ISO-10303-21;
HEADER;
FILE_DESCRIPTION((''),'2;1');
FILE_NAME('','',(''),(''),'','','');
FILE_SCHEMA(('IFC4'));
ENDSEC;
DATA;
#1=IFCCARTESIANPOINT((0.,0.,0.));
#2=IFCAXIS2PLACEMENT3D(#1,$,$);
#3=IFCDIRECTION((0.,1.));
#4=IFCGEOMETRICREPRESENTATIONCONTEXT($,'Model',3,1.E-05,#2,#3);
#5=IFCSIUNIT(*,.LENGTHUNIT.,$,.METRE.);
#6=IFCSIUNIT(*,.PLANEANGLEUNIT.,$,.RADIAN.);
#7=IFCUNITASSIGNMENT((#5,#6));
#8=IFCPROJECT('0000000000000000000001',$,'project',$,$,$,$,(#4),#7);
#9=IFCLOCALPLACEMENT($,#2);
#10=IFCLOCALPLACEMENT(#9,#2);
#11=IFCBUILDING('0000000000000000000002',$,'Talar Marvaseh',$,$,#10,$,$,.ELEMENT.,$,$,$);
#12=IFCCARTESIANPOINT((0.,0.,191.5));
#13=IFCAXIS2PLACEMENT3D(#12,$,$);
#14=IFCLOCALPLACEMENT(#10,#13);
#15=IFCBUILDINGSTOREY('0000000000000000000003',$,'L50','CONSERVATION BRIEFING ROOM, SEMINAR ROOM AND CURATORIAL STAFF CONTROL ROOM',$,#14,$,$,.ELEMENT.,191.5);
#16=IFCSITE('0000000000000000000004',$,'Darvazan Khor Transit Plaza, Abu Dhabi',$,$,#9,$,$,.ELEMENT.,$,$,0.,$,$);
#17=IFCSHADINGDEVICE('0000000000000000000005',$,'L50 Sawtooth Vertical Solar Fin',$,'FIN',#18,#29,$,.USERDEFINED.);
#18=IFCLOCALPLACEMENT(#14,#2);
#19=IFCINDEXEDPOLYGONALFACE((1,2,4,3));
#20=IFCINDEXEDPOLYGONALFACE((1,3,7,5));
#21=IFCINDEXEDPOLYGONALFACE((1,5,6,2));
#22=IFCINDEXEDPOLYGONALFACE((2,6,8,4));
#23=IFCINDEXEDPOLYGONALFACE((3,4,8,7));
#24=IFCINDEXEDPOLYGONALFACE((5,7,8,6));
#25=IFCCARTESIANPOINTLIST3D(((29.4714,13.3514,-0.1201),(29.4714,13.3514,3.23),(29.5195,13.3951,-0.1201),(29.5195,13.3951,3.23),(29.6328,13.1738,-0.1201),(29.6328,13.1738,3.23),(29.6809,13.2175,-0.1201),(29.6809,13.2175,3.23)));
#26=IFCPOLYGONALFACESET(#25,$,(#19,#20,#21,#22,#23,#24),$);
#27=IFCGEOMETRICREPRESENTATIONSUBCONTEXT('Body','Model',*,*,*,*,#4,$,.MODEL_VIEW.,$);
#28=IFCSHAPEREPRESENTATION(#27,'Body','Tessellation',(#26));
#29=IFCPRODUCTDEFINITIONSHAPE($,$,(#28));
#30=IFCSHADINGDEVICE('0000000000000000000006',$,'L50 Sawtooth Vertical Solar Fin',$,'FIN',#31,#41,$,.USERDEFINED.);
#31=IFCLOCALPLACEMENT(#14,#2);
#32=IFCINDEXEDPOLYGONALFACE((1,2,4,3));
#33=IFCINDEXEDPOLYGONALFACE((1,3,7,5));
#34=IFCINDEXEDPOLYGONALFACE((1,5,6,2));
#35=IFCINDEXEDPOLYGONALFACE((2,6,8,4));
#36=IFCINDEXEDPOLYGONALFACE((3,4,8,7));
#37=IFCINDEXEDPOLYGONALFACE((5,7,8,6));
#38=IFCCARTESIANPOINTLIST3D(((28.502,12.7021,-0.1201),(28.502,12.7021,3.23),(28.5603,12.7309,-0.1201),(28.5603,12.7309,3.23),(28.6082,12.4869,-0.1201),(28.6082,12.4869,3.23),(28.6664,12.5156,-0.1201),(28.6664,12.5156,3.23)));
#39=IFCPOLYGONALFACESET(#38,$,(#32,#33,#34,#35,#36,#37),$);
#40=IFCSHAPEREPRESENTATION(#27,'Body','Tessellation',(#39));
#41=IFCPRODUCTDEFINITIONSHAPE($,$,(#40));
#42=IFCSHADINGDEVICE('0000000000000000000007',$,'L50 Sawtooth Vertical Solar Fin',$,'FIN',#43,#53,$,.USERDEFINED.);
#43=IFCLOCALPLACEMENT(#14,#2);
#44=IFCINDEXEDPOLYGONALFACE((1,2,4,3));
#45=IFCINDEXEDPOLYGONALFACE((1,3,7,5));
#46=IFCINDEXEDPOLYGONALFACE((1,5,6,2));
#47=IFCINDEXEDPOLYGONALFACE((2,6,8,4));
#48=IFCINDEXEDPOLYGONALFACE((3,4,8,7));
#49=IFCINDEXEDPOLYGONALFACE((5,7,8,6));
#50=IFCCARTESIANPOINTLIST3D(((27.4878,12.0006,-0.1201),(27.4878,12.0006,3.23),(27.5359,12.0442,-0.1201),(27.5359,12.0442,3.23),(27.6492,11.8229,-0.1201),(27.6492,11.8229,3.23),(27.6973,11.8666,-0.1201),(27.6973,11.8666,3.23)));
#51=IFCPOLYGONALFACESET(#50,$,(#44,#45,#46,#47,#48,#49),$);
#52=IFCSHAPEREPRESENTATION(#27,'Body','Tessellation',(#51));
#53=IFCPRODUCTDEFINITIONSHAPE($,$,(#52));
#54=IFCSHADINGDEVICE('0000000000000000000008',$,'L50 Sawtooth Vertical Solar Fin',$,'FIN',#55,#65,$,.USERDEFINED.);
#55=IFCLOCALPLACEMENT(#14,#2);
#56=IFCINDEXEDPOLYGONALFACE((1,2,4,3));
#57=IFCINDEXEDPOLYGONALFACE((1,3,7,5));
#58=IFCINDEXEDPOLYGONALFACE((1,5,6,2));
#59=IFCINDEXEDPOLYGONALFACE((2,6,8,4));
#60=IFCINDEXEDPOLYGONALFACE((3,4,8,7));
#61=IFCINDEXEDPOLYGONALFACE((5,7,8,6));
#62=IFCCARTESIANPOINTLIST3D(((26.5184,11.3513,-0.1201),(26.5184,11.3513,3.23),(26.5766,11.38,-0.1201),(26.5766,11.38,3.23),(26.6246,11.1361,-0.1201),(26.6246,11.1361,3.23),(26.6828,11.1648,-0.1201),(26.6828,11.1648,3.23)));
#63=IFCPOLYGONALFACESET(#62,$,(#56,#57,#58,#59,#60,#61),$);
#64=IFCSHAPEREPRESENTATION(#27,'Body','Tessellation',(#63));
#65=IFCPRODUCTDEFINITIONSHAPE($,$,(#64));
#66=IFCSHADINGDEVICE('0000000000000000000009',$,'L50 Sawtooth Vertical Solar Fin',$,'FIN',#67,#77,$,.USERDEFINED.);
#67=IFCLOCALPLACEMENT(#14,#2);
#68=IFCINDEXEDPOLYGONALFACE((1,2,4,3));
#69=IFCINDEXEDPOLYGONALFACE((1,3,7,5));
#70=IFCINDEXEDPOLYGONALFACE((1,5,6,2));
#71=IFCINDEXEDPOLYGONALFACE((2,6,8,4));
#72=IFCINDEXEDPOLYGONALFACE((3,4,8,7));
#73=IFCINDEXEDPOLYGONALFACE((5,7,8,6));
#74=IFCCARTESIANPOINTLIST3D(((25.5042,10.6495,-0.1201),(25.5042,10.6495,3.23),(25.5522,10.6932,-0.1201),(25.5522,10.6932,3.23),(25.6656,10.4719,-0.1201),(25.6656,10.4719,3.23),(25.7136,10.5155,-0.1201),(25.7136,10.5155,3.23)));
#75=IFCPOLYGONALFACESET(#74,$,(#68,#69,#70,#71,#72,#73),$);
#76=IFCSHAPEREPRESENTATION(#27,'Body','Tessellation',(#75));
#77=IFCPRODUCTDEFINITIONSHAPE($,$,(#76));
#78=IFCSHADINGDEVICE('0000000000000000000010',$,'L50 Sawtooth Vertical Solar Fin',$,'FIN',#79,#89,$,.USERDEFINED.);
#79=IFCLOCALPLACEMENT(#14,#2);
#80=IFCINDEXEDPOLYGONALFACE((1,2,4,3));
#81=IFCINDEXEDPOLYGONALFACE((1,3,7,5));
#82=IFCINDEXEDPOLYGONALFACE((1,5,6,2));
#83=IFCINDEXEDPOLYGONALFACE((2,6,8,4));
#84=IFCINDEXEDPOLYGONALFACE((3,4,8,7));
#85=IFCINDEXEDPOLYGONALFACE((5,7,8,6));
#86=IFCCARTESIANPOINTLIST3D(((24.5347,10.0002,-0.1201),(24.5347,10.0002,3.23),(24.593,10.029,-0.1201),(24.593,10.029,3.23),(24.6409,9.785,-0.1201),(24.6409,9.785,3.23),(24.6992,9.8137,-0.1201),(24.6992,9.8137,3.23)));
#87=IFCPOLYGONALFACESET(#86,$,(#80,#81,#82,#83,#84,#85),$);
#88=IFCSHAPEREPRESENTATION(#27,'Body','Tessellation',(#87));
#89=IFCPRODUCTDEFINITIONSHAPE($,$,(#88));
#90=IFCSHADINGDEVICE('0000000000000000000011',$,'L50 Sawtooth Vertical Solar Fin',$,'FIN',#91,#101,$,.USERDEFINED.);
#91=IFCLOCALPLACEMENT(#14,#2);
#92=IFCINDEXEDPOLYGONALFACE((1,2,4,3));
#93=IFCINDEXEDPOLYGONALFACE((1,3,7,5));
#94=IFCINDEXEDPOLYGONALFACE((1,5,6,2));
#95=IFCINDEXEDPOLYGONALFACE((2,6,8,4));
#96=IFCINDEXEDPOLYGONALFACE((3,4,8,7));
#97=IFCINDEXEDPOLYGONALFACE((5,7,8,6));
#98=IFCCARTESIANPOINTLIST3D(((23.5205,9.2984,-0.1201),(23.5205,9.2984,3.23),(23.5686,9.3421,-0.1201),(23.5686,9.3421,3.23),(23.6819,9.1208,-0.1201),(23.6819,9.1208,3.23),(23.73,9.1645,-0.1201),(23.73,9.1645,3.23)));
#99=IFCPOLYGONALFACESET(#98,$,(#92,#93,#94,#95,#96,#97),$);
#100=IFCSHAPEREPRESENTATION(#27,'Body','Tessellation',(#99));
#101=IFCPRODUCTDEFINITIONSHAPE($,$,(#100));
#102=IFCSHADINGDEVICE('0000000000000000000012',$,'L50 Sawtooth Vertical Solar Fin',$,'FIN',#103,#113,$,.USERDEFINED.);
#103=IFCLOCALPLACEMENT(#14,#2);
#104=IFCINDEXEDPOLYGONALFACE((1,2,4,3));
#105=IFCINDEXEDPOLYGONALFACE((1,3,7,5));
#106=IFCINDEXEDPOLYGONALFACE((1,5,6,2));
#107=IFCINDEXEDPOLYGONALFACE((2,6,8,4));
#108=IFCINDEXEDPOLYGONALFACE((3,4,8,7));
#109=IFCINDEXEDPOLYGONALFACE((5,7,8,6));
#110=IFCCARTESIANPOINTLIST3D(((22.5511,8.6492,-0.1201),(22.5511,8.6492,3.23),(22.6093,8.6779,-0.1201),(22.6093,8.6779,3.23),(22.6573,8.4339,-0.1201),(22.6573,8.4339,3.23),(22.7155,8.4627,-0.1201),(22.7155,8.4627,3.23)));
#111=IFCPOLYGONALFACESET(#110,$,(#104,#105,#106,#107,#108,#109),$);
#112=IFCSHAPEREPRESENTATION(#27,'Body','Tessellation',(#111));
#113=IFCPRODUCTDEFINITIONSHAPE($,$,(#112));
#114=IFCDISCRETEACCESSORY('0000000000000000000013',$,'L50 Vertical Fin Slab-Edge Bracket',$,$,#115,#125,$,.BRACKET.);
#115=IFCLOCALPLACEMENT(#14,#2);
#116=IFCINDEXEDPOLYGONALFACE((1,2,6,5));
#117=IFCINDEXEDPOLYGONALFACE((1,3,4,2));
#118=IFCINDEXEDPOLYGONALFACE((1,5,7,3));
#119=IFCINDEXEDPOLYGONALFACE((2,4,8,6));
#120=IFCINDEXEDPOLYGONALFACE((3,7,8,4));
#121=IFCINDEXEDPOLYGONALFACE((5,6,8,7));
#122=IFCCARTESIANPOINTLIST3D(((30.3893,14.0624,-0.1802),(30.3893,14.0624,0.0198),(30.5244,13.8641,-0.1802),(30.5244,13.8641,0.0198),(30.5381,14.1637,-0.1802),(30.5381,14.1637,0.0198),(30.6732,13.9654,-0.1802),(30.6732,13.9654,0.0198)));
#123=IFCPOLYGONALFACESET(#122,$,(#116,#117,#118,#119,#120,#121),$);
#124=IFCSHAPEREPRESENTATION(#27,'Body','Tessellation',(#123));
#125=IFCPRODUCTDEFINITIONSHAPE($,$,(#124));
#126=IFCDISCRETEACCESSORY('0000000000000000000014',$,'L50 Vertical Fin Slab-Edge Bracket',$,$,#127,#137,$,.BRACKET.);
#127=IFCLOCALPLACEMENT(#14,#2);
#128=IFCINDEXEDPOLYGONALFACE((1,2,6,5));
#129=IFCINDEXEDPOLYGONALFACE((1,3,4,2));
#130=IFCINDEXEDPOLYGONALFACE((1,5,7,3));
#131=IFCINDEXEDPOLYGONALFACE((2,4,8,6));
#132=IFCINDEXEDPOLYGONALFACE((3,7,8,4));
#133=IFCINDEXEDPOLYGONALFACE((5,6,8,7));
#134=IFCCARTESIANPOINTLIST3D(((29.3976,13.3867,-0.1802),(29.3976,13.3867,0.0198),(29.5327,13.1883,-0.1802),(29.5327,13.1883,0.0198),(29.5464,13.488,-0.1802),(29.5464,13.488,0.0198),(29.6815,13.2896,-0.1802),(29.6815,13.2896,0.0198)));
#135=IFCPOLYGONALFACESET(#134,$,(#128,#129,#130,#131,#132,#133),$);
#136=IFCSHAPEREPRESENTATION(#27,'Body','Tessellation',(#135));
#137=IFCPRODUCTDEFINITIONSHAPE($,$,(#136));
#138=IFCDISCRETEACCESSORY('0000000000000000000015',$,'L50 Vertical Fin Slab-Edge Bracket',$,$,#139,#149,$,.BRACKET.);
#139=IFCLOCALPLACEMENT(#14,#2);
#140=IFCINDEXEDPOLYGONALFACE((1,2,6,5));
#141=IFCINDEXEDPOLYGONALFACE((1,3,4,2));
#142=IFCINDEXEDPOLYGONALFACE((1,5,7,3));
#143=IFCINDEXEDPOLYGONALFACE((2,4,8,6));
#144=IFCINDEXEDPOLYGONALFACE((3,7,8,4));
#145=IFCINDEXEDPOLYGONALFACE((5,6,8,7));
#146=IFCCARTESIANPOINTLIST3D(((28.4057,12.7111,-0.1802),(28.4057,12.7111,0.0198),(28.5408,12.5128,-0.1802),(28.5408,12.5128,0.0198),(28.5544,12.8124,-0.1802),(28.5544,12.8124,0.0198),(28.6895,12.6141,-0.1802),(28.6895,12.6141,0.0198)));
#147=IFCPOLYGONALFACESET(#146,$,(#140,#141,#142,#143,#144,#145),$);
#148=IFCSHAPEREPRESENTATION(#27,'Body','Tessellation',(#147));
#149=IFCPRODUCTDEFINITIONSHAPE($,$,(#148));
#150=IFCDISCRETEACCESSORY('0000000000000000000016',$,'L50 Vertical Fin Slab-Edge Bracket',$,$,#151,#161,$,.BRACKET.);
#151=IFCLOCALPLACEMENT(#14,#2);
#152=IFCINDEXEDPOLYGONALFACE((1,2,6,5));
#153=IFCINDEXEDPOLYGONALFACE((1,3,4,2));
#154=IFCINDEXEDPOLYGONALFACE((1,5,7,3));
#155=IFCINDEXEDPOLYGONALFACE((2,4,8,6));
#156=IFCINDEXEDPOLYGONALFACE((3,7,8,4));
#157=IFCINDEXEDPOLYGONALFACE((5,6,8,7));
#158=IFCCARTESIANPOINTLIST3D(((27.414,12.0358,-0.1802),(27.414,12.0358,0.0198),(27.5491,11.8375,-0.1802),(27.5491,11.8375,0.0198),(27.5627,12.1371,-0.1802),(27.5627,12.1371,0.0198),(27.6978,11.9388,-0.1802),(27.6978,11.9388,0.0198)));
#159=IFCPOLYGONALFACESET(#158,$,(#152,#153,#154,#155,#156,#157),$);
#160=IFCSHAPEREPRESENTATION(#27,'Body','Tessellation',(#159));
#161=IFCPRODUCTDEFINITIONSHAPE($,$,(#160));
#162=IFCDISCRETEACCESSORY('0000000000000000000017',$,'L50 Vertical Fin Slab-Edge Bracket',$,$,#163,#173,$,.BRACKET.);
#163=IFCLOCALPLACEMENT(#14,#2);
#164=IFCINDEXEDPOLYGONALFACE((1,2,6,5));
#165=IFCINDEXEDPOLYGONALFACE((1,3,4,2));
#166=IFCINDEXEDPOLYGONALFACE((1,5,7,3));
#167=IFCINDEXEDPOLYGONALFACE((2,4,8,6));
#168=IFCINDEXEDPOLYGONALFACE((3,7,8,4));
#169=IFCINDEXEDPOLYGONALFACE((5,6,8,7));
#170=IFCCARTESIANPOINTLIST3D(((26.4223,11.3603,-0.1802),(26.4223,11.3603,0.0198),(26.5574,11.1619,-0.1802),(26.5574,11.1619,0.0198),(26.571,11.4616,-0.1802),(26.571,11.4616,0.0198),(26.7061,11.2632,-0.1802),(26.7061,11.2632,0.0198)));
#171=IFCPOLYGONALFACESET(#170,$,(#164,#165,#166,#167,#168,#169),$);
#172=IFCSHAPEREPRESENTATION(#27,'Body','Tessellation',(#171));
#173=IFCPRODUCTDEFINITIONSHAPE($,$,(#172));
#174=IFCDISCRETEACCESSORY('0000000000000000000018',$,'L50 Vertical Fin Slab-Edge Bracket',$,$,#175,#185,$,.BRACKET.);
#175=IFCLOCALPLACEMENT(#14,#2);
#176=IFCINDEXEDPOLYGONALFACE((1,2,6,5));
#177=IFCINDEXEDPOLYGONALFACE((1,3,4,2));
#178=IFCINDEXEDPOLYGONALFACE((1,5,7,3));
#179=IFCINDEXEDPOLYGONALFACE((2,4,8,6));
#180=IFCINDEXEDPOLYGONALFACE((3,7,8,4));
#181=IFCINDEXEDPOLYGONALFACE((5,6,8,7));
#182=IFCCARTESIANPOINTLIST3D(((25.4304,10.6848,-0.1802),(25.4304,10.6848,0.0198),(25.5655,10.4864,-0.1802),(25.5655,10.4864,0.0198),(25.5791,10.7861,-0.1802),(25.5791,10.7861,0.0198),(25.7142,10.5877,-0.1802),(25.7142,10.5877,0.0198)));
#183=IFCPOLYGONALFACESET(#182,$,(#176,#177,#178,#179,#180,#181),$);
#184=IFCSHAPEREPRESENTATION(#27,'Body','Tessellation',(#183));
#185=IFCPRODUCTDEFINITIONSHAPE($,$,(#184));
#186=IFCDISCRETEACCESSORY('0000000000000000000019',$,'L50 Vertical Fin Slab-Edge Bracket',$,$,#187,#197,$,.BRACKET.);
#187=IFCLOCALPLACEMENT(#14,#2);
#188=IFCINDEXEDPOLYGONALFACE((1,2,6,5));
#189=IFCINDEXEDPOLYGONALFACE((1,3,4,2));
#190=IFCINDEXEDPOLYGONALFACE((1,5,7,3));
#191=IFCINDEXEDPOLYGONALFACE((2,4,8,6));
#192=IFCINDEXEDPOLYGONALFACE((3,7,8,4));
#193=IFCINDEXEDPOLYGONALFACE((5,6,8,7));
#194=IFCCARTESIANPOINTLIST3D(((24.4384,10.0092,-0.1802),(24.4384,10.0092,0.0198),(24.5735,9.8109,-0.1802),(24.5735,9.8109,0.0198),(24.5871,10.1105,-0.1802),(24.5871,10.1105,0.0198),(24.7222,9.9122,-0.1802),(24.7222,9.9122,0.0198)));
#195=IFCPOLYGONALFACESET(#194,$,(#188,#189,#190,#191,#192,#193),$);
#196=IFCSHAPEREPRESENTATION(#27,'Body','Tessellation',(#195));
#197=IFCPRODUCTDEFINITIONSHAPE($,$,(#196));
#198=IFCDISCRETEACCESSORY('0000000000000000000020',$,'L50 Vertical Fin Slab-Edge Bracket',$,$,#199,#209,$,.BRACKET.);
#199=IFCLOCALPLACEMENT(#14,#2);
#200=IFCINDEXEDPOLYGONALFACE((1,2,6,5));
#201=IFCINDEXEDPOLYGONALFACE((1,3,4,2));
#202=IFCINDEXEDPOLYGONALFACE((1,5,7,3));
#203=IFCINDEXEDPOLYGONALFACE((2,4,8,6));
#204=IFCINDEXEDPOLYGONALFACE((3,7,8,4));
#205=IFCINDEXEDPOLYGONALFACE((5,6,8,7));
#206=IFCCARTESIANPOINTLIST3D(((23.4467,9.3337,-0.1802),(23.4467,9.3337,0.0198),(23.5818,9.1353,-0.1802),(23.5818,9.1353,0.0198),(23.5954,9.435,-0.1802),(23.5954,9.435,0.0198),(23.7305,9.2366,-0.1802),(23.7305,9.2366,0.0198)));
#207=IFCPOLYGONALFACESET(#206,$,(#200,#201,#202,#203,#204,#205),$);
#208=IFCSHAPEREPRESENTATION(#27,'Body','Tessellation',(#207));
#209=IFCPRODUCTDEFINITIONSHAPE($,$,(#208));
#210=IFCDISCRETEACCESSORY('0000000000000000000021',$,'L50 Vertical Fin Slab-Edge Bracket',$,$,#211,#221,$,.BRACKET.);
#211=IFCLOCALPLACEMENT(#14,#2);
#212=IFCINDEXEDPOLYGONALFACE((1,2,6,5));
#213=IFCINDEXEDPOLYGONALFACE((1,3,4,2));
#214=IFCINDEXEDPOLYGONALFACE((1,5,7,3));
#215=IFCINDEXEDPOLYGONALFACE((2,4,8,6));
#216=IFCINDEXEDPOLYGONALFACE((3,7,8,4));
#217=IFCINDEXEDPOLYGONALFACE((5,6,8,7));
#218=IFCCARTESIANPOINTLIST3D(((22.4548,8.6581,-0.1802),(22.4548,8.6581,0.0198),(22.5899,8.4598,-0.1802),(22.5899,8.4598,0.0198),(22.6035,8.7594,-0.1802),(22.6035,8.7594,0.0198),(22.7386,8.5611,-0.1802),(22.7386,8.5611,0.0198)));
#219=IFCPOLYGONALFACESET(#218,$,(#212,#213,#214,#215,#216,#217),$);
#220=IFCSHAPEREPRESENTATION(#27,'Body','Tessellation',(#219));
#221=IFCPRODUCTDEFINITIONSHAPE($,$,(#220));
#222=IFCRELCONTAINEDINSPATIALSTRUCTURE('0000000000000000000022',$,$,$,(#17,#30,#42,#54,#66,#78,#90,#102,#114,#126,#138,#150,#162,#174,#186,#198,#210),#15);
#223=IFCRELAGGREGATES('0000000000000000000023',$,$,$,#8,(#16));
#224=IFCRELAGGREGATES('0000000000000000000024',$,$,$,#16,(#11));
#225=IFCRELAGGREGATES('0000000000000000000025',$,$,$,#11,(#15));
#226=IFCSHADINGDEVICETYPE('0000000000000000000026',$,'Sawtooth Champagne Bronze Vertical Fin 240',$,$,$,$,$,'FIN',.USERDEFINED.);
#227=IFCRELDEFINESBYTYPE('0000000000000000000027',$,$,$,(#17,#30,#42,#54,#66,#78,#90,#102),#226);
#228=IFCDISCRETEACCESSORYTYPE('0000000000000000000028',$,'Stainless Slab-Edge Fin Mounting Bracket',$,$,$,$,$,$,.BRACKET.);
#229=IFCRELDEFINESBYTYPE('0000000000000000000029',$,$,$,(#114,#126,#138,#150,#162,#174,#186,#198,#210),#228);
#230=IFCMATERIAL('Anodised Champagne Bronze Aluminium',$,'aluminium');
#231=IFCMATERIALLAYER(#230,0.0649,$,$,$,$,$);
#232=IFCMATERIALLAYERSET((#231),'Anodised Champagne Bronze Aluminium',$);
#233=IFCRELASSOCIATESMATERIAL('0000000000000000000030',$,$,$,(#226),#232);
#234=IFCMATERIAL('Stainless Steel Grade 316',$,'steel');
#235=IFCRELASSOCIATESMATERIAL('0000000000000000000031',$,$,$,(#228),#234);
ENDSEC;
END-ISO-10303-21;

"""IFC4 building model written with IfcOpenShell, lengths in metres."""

from ifc_helpers import new_model, si_unit, direction, frame, origin, origin_2d, place, context, subcontext, project, spatial, rectangle, extrude, source, transform, mapped, material, layer, layer_set, type_object, type_shapes, element, save


model = new_model("IFC4")

# Units and contexts
model_context = context("Model", 3, precision=1e-05, world=origin(), true_north=direction((0.0, 1.0)))
body_context = subcontext(model_context, "Body", "Model", "MODEL_VIEW")
ifc_project = project(units=[si_unit("LENGTHUNIT", "METRE"), si_unit("PLANEANGLEUNIT", "RADIAN")], contexts=[model_context])

# Site, building, storey
site_placement = place(None, origin())
site = spatial("IfcSite", under=ifc_project, at=site_placement, Name="Darvazan Khor Transit Plaza, Abu Dhabi", CompositionType="ELEMENT", RefElevation=0.0)
building_placement = place(site_placement, origin())
building = spatial("IfcBuilding", under=site, at=building_placement, Name="Talar Marvaseh", CompositionType="ELEMENT")
storey_placement = place(building_placement, frame((0.0, 0.0, 191.5)))
storey = spatial("IfcBuildingStorey", under=building, at=storey_placement, Name="L50", Description="CONSERVATION BRIEFING ROOM, SEMINAR ROOM AND CURATORIAL STAFF CONTROL ROOM", CompositionType="ELEMENT", Elevation=191.5)

# Shading devices
ifc_material_1 = material(Name="Anodised Champagne Bronze Aluminium", Category="aluminium")
ifc_layer_1 = layer(ifc_material_1, 0.0649)
ifc_layer_set_1 = layer_set([ifc_layer_1], Name="Anodised Champagne Bronze Aluminium")
shading_device_type = type_object("IfcShadingDeviceType", Name="Sawtooth Champagne Bronze Vertical Fin 240", ElementType="FIN", PredefinedType="USERDEFINED", material=ifc_layer_set_1)
shared_shape_1 = source(origin(), body_context, "Body", "SweptSolid", [
    extrude(rectangle(XDim=0.24, YDim=0.0649, at=origin_2d()), origin(), (0.0, 0.0, 1.0), 3.3501),
])
type_shapes(shading_device_type, [shared_shape_1])
for number, where, z_axis, x_axis, name in (
    (1, (29.5762, 13.2844, -0.1201), (0.0, 0.0, 1.0), (0.672496, -0.740101, 0.0), "L50 Sawtooth Vertical Solar Fin"),
    (2, (28.5842, 12.6089, -0.1201), (0.0, 0.0, 1.0), (0.442445, -0.896796, 0.0), "L50 Sawtooth Vertical Solar Fin"),
    (3, (27.5925, 11.9336, -0.1201), (0.0, 0.0, 1.0), (0.672496, -0.740101, 0.0), "L50 Sawtooth Vertical Solar Fin"),
    (4, (26.6006, 11.2581, -0.1201), (0.0, 0.0, 1.0), (0.442445, -0.896796, 0.0), "L50 Sawtooth Vertical Solar Fin"),
    (5, (25.6089, 10.5825, -0.1201), (0.0, 0.0, 1.0), (0.672496, -0.740101, 0.0), "L50 Sawtooth Vertical Solar Fin"),
    (6, (24.6169, 9.907, -0.1201), (0.0, 0.0, 1.0), (0.442445, -0.896796, 0.0), "L50 Sawtooth Vertical Solar Fin"),
    (7, (23.6252, 9.2314, -0.1201), (0.0, 0.0, 1.0), (0.672496, -0.740101, 0.0), "L50 Sawtooth Vertical Solar Fin"),
    (8, (22.6333, 8.5559, -0.1201), (0.0, 0.0, 1.0), (0.442445, -0.896796, 0.0), "L50 Sawtooth Vertical Solar Fin"),
):
    element("IfcShadingDevice", number, at=place(storey_placement, frame(where, z_axis=z_axis, x_axis=x_axis)), inside=storey, type_object=shading_device_type, Name=name, ObjectType="FIN", PredefinedType="USERDEFINED", context=body_context, shape_type="MappedRepresentation", body=[
        mapped(shared_shape_1, transform((0.0, 0.0, 0.0), x_axis=(1.0, 0.0, 0.0), y_axis=(0.0, 1.0, 0.0), z_axis=(0.0, 0.0, 1.0), scale=1.0)),
    ])

# Discrete accessories
ifc_material_2 = material(Name="Stainless Steel Grade 316", Category="steel")
discrete_accessory_type = type_object("IfcDiscreteAccessoryType", Name="Stainless Slab-Edge Fin Mounting Bracket", PredefinedType="BRACKET", material=ifc_material_2)
shared_shape_2 = source(origin(), body_context, "Body", "SweptSolid", [
    extrude(rectangle(XDim=0.24, YDim=0.1799, at=origin_2d()), origin(), (0.0, 0.0, 1.0), 0.2),
])
type_shapes(discrete_accessory_type, [shared_shape_2])
for number, where, z_axis, x_axis, name in (
    (9, (30.5312, 14.0139, -0.1802), (0.0, 0.0, 1.0), (0.562949, -0.826492, 0.0), "L50 Vertical Fin Slab-Edge Bracket"),
    (10, (29.5396, 13.3381, -0.1802), (0.0, 0.0, 1.0), (0.562949, -0.826492, 0.0), "L50 Vertical Fin Slab-Edge Bracket"),
    (11, (28.5476, 12.6626, -0.1802), (0.0, 0.0, 1.0), (0.562949, -0.826492, 0.0), "L50 Vertical Fin Slab-Edge Bracket"),
    (12, (27.5559, 11.9873, -0.1802), (0.0, 0.0, 1.0), (0.562949, -0.826492, 0.0), "L50 Vertical Fin Slab-Edge Bracket"),
    (13, (26.5642, 11.3118, -0.1802), (0.0, 0.0, 1.0), (0.562949, -0.826492, 0.0), "L50 Vertical Fin Slab-Edge Bracket"),
    (14, (25.5723, 10.6362, -0.1802), (0.0, 0.0, 1.0), (0.562949, -0.826492, 0.0), "L50 Vertical Fin Slab-Edge Bracket"),
    (15, (24.5803, 9.9607, -0.1802), (0.0, 0.0, 1.0), (0.562949, -0.826492, 0.0), "L50 Vertical Fin Slab-Edge Bracket"),
    (16, (23.5886, 9.2852, -0.1802), (0.0, 0.0, 1.0), (0.562949, -0.826492, 0.0), "L50 Vertical Fin Slab-Edge Bracket"),
    (17, (22.5967, 8.6096, -0.1802), (0.0, 0.0, 1.0), (0.562949, -0.826492, 0.0), "L50 Vertical Fin Slab-Edge Bracket"),
):
    element("IfcDiscreteAccessory", number, at=place(storey_placement, frame(where, z_axis=z_axis, x_axis=x_axis)), inside=storey, type_object=discrete_accessory_type, Name=name, PredefinedType="BRACKET", context=body_context, shape_type="MappedRepresentation", body=[
        mapped(shared_shape_2, transform((0.0, 0.0, 0.0), x_axis=(1.0, 0.0, 0.0), y_axis=(0.0, 1.0, 0.0), z_axis=(0.0, 0.0, 1.0), scale=1.0)),
    ])

save(model, "model.ifc")
